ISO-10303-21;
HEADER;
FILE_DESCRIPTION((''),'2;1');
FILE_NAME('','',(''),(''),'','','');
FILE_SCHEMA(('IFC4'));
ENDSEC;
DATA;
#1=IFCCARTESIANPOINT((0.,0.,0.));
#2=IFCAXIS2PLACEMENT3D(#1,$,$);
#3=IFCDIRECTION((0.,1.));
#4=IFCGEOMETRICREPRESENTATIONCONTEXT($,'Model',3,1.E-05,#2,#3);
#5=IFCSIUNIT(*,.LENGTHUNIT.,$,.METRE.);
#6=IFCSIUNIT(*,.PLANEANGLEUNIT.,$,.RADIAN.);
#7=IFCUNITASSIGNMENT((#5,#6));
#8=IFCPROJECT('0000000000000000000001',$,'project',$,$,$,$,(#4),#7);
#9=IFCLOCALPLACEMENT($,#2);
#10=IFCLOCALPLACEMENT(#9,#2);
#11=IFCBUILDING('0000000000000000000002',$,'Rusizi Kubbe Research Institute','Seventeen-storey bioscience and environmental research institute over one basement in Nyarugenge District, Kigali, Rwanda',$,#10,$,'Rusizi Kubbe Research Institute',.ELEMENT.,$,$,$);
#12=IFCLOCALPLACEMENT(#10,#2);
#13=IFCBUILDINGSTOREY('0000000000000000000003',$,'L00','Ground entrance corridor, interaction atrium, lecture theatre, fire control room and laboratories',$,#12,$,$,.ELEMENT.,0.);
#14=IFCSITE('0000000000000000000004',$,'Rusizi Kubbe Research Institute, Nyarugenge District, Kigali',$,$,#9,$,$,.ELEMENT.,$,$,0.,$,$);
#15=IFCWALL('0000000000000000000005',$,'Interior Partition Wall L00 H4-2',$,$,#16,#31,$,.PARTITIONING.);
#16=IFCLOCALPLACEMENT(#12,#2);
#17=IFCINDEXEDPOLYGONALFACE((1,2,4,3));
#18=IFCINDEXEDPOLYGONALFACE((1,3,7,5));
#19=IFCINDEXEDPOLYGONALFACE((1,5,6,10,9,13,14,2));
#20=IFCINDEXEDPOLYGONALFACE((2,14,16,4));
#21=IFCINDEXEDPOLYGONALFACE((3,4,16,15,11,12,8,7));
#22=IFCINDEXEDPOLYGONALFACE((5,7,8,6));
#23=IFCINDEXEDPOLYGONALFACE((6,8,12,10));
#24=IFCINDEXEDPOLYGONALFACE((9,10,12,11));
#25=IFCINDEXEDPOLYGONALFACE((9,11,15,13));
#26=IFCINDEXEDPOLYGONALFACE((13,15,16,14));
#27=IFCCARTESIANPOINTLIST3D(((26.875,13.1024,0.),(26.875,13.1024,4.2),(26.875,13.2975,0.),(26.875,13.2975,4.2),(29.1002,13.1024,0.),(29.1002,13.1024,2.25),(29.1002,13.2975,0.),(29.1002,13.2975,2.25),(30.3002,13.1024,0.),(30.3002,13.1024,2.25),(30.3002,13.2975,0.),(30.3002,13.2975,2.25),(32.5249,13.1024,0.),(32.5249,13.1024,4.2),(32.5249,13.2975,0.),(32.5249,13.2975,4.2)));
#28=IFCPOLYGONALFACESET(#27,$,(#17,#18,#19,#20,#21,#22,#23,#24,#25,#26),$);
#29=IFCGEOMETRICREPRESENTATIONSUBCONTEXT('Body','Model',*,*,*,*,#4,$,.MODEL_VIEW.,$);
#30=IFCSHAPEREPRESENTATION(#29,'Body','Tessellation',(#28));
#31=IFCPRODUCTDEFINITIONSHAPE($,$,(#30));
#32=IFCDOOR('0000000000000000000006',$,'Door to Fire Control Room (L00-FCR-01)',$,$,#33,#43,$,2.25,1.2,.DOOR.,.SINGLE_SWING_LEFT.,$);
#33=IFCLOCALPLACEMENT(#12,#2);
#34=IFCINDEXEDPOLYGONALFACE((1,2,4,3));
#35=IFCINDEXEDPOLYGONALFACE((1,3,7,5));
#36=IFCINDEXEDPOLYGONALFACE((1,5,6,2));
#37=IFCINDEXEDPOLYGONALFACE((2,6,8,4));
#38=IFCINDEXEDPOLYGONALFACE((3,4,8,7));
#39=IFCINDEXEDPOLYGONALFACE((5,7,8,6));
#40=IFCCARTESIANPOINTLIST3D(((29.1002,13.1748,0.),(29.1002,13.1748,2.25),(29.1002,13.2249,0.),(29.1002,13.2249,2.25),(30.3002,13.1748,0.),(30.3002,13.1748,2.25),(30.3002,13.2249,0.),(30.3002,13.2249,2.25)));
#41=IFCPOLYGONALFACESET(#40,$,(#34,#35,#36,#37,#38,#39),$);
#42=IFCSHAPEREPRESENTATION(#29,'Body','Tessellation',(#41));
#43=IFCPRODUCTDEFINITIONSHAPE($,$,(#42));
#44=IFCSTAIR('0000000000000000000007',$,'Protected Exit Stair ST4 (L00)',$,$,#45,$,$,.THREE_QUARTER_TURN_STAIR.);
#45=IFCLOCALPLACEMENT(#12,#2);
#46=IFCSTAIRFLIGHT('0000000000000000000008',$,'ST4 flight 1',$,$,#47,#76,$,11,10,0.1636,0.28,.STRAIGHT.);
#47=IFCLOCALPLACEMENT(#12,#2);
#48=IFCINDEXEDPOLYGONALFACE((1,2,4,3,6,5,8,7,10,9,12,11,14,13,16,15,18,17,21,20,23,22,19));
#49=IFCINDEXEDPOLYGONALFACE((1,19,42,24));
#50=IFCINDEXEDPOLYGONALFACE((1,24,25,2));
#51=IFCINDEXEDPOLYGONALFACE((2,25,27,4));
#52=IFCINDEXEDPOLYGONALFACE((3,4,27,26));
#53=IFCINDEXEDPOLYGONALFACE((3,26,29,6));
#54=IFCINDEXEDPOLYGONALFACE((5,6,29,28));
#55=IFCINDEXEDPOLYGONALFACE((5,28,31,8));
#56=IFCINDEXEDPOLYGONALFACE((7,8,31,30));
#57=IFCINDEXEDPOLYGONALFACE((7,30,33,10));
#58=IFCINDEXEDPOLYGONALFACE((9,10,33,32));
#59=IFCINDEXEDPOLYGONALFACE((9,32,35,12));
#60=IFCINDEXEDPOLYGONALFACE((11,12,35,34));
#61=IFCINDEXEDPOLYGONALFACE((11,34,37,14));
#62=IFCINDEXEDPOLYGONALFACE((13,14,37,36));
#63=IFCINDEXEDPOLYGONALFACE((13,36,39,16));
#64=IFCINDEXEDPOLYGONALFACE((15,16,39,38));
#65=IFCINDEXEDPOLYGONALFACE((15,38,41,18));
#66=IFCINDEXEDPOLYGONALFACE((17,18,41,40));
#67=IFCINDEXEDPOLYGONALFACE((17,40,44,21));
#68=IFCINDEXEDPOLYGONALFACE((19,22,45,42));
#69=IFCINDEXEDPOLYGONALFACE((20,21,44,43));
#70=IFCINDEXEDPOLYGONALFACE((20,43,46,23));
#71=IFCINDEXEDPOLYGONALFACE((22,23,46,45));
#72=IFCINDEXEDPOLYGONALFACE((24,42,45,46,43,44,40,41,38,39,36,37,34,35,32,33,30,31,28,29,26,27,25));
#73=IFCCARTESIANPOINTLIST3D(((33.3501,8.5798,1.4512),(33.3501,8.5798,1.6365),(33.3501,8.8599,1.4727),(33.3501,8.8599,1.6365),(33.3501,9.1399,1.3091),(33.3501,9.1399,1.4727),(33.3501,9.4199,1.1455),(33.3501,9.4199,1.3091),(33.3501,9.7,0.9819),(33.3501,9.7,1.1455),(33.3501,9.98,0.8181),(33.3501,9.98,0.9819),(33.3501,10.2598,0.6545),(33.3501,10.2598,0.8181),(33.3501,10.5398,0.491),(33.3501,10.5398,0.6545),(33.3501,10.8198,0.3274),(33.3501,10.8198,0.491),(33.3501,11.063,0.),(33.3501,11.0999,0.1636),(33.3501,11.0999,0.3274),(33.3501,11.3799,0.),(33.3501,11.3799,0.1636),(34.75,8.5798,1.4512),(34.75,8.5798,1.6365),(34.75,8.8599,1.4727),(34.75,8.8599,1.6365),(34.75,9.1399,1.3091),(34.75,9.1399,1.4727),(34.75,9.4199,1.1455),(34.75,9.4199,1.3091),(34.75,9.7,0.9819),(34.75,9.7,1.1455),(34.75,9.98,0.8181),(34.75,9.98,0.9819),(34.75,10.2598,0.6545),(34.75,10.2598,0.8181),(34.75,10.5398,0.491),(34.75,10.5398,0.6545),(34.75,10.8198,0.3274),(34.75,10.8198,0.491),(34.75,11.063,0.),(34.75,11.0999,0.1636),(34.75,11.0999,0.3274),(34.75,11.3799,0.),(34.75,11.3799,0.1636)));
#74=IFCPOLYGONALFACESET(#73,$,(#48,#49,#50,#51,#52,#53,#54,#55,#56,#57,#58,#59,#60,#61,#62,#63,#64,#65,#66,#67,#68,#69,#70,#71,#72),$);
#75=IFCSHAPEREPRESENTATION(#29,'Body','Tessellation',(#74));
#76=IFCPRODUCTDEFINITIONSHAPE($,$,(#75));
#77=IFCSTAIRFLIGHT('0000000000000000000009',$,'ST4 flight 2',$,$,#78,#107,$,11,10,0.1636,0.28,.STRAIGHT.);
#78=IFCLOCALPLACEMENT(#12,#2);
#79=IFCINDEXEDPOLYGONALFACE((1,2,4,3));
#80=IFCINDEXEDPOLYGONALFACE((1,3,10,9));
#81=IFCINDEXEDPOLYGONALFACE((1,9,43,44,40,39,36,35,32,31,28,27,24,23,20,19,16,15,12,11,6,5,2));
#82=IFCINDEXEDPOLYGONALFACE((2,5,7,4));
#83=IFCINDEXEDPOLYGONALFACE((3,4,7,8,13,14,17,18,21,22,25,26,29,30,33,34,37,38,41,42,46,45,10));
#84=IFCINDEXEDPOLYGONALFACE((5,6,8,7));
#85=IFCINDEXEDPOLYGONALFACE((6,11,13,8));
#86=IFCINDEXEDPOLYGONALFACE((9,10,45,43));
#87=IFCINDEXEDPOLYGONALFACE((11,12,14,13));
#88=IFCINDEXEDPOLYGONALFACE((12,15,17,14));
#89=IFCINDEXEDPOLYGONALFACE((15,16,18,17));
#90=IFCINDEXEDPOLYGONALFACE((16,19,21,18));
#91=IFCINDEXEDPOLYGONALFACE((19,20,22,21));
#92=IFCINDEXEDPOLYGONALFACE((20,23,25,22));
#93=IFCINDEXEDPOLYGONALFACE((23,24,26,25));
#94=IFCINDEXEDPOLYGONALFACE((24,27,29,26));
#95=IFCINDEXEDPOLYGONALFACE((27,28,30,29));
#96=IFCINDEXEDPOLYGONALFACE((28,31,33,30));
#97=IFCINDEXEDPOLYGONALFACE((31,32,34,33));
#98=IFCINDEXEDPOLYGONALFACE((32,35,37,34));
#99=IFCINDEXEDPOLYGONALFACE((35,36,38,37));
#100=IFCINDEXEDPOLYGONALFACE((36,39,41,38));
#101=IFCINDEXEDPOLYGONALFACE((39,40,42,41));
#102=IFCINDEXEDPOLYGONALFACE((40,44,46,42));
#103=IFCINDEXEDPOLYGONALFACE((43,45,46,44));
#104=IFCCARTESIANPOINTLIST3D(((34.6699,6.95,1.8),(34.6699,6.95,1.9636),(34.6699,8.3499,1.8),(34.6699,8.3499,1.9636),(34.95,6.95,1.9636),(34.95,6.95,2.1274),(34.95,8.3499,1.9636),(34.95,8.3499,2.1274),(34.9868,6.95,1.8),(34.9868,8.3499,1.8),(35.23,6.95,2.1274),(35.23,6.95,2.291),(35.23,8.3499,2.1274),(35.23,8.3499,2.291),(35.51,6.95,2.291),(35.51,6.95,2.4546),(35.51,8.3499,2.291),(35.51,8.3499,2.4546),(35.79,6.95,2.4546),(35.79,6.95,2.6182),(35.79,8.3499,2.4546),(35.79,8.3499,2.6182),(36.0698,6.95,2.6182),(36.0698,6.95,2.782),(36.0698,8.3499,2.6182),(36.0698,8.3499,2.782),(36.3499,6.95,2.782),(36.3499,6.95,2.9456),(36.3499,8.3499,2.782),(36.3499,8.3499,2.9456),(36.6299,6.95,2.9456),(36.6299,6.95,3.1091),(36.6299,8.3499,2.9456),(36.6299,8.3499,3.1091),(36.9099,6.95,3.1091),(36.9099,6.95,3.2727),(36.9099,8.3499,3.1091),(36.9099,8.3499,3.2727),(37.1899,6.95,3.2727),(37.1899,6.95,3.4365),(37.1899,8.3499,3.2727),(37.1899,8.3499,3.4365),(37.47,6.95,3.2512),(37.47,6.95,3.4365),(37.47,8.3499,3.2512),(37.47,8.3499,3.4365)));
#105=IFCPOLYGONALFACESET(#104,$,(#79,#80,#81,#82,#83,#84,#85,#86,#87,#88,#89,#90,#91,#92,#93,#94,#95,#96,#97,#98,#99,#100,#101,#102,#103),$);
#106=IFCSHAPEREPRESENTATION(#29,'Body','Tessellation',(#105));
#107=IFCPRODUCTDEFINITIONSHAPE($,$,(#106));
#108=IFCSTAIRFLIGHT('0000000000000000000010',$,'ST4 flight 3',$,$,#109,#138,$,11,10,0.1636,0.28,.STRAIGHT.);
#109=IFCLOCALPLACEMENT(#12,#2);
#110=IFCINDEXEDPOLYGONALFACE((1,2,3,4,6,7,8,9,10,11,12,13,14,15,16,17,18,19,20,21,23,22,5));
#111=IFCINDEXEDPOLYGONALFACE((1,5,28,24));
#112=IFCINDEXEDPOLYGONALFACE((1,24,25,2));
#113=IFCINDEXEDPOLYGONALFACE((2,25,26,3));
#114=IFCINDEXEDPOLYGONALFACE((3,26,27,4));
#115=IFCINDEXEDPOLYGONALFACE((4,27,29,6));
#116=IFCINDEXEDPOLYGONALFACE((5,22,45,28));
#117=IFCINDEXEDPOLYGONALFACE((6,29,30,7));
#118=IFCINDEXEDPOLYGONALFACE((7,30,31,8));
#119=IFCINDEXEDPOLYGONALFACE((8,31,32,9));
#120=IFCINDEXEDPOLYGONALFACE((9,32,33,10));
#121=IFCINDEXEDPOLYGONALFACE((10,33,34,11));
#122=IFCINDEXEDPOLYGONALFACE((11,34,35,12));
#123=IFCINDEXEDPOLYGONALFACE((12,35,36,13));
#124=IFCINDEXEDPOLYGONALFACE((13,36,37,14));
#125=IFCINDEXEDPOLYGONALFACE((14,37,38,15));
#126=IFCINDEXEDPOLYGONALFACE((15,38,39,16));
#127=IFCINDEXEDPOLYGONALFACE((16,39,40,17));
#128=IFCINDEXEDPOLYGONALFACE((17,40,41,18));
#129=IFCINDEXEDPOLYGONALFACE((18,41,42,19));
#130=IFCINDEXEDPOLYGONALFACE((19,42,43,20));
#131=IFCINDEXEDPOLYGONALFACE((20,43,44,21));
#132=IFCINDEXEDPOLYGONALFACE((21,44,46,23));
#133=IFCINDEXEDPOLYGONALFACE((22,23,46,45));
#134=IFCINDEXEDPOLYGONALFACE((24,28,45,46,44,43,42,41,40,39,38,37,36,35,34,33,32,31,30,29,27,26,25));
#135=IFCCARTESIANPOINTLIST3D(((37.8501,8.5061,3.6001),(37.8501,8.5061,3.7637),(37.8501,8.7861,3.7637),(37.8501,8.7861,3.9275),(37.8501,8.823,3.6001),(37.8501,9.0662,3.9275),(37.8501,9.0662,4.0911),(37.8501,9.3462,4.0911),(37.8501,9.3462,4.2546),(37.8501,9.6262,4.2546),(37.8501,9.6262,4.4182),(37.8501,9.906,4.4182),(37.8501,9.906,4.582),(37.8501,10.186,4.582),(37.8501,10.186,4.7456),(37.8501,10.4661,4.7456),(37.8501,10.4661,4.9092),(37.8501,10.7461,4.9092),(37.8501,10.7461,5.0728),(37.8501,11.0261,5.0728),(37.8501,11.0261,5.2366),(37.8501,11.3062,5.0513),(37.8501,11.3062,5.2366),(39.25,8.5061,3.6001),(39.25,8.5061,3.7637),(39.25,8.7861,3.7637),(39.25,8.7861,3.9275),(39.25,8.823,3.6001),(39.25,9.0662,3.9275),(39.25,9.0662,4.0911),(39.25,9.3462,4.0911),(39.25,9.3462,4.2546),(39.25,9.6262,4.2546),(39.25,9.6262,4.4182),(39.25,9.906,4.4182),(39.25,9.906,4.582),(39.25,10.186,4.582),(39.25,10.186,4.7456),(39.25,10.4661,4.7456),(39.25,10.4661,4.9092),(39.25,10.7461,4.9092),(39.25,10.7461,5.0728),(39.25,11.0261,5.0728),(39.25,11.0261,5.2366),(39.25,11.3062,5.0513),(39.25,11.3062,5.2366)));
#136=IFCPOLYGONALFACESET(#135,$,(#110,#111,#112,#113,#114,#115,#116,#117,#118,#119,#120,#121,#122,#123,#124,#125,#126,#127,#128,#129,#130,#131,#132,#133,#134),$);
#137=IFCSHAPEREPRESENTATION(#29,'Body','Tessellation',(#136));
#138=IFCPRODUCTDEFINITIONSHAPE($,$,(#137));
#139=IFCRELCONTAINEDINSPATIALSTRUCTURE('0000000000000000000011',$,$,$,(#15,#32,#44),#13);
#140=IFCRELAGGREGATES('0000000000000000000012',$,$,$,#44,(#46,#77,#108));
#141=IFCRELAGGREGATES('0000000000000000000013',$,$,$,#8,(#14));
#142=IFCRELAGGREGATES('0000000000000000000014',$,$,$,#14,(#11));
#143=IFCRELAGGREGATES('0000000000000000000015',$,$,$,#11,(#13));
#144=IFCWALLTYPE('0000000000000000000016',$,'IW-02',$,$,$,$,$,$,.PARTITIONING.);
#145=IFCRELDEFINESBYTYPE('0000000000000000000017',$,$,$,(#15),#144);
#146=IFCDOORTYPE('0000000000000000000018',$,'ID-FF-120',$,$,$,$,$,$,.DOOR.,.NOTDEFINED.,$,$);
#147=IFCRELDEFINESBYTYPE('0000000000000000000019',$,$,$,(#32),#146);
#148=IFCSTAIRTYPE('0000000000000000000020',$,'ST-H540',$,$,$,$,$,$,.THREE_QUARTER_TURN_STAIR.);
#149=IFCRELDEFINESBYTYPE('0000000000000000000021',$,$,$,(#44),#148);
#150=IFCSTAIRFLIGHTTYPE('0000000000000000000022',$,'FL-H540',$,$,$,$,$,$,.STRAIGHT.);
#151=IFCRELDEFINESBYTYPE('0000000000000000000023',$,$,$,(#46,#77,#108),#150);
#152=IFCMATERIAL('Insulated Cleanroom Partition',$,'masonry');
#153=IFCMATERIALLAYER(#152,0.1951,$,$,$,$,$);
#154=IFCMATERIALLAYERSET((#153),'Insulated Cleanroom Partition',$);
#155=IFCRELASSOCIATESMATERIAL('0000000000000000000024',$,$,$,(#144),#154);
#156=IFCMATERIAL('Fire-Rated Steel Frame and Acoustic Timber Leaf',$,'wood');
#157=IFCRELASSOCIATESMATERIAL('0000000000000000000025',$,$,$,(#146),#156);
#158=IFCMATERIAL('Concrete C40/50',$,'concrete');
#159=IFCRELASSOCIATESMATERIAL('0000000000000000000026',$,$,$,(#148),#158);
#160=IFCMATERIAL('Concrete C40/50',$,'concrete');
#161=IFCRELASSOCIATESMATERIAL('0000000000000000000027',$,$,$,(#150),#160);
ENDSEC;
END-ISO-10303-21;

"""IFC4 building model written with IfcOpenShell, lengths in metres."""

from ifc_helpers import new_model, si_unit, direction, frame, frame_2d, origin, place, context, subcontext, project, spatial, polyline, rectangle, outline, extrude, material, layer, layer_set, type_object, element, fill, aggregate, save


model = new_model("IFC4")

# Units and contexts
model_context = context("Model", 3, precision=1e-05, world=origin(), true_north=direction((0.0, 1.0)))
body_context = subcontext(model_context, "Body", "Model", "MODEL_VIEW")
ifc_project = project(units=[si_unit("LENGTHUNIT", "METRE"), si_unit("PLANEANGLEUNIT", "RADIAN")], contexts=[model_context])

# Site, building, storey
site_placement = place(None, origin())
site = spatial("IfcSite", under=ifc_project, at=site_placement, Name="Rusizi Kubbe Research Institute, Nyarugenge District, Kigali", CompositionType="ELEMENT", RefElevation=0.0)
building_placement = place(site_placement, origin())
building = spatial("IfcBuilding", under=site, at=building_placement, Name="Rusizi Kubbe Research Institute", Description="Seventeen-storey bioscience and environmental research institute over one basement in Nyarugenge District, Kigali, Rwanda", LongName="Rusizi Kubbe Research Institute", CompositionType="ELEMENT")
storey_placement = place(building_placement, origin())
storey = spatial("IfcBuildingStorey", under=building, at=storey_placement, Name="L00", Description="Ground entrance corridor, interaction atrium, lecture theatre, fire control room and laboratories", CompositionType="ELEMENT", Elevation=0.0)

# Wall, opening, door
ifc_material_1 = material(Name="Insulated Cleanroom Partition", Category="masonry")
ifc_layer_1 = layer(ifc_material_1, 0.1951)
ifc_layer_set_1 = layer_set([ifc_layer_1], Name="Insulated Cleanroom Partition")
wall_type_1 = type_object("IfcWallType", Name="IW-02", PredefinedType="PARTITIONING", material=ifc_layer_set_1)
wall_1_placement = place(storey_placement, frame((26.875, 13.2, 0.0), z_axis=(0.0, 0.0, 1.0), x_axis=(1.0, 0.0, 0.0)))
wall_1 = element("IfcWall", 1, at=wall_1_placement, inside=storey, type_object=wall_type_1, Name="Interior Partition Wall L00 H4-2", PredefinedType="PARTITIONING", context=body_context, shape_type="SweptSolid", body=[
    extrude(rectangle(XDim=5.6499, YDim=0.1951, at=frame_2d((2.825, 0.0))), origin(), (0.0, 0.0, 1.0), 4.2),
])
opening_1_placement = place(wall_1_placement, frame((2.2251, 0.0, 0.0)))
opening_1 = element("IfcOpeningElement", 2, at=opening_1_placement, cuts=wall_1, PredefinedType="OPENING", context=body_context, shape_type="SweptSolid", body=[
    extrude(rectangle(XDim=1.2, YDim=2.25, at=frame_2d((0.6001, 1.125))), frame((0.0, 0.1074, 0.0), z_axis=(0.0, -1.0, 0.0), x_axis=(1.0, 0.0, 0.0)), (0.0, 0.0, 1.0), 0.2151),
])
ifc_material_2 = material(Name="Fire-Rated Steel Frame and Acoustic Timber Leaf", Category="wood")
door_type_1 = type_object("IfcDoorType", Name="ID-FF-120", OperationType="NOTDEFINED", PredefinedType="DOOR", material=ifc_material_2)
door_1_placement = place(opening_1_placement, origin())
door_1 = element("IfcDoor", 3, at=door_1_placement, inside=storey, type_object=door_type_1, Name="Door to Fire Control Room (L00-FCR-01)", OperationType="SINGLE_SWING_LEFT", OverallHeight=2.25, OverallWidth=1.2, PredefinedType="DOOR", context=body_context, shape_type="SweptSolid", body=[
    extrude(rectangle(XDim=1.2, YDim=2.25, at=frame_2d((0.6001, 1.125))), frame((0.0, 0.0249, 0.0), z_axis=(0.0, -1.0, 0.0), x_axis=(1.0, 0.0, 0.0)), (0.0, 0.0, 1.0), 0.05),
])
fill(opening_1, door_1)

# Stair, stair flights
ifc_material_3 = material(Name="Concrete C40/50", Category="concrete")
stair_type = type_object("IfcStairType", Name="ST-H540", PredefinedType="THREE_QUARTER_TURN_STAIR", material=ifc_material_3)
stair_placement = place(storey_placement, origin())
stair = element("IfcStair", 4, at=stair_placement, inside=storey, type_object=stair_type, Name="Protected Exit Stair ST4 (L00)", PredefinedType="THREE_QUARTER_TURN_STAIR")
ifc_material_4 = material(Name="Concrete C40/50", Category="concrete")
stair_flight_type = type_object("IfcStairFlightType", Name="FL-H540", PredefinedType="STRAIGHT", material=ifc_material_4)
stair_flight_1_placement = place(storey_placement, frame((34.05, 11.3799, 0.0), z_axis=(0.0, 0.0, 1.0), x_axis=(0.0, -1.0, 0.0)))
stair_flight_1 = element("IfcStairFlight", 5, at=stair_flight_1_placement, type_object=stair_flight_type, Name="ST4 flight 1", NumberOfRisers=11, NumberOfTreads=10, PredefinedType="STRAIGHT", RiserHeight=0.1636, TreadLength=0.28, context=body_context, shape_type="SweptSolid", body=[
    extrude(outline(polyline([(0.0, 0.0), (0.0, 0.1636), (0.28, 0.1636), (0.28, 0.3274), (0.5601, 0.3274), (0.5601, 0.491), (0.8401, 0.491), (0.8401, 0.6545), (1.1201, 0.6545), (1.1201, 0.8181), (1.3999, 0.8181), (1.3999, 0.9819), (1.6799, 0.9819), (1.6799, 1.1455), (1.96, 1.1455), (1.96, 1.3091), (2.24, 1.3091), (2.24, 1.4727), (2.52, 1.4727), (2.52, 1.6365), (2.8, 1.6365), (2.8, 1.8), (2.8, 1.4512), (0.3169, 0.0), (0.0, 0.0)])), frame((0.0, 0.7, 0.0), z_axis=(0.0, -1.0, 0.0), x_axis=(1.0, 0.0, 0.0)), (0.0, 0.0, 1.0), 1.3999),
])
stair_flight_2_placement = place(storey_placement, frame((34.6699, 7.6499, 1.8), z_axis=(0.0, 0.0, 1.0), x_axis=(1.0, 0.0, 0.0)))
stair_flight_2 = element("IfcStairFlight", 6, at=stair_flight_2_placement, type_object=stair_flight_type, Name="ST4 flight 2", NumberOfRisers=11, NumberOfTreads=10, PredefinedType="STRAIGHT", RiserHeight=0.1636, TreadLength=0.28, context=body_context, shape_type="SweptSolid", body=[
    extrude(outline(polyline([(0.0, 0.0), (0.0, 0.1636), (0.28, 0.1636), (0.28, 0.3274), (0.5601, 0.3274), (0.5601, 0.491), (0.8401, 0.491), (0.8401, 0.6545), (1.1201, 0.6545), (1.1201, 0.8181), (1.3999, 0.8181), (1.3999, 0.9819), (1.6799, 0.9819), (1.6799, 1.1455), (1.96, 1.1455), (1.96, 1.3091), (2.24, 1.3091), (2.24, 1.4727), (2.52, 1.4727), (2.52, 1.6365), (2.8, 1.6365), (2.8, 1.8), (2.8, 1.4512), (0.3169, 0.0), (0.0, 0.0)])), frame((0.0, 0.7, 0.0), z_axis=(0.0, -1.0, 0.0), x_axis=(1.0, 0.0, 0.0)), (0.0, 0.0, 1.0), 1.3999),
])
stair_flight_3_placement = place(storey_placement, frame((38.55, 8.5061, 3.6001), z_axis=(0.0, 0.0, 1.0), x_axis=(0.0, 1.0, 0.0)))
stair_flight_3 = element("IfcStairFlight", 7, at=stair_flight_3_placement, type_object=stair_flight_type, Name="ST4 flight 3", NumberOfRisers=11, NumberOfTreads=10, PredefinedType="STRAIGHT", RiserHeight=0.1636, TreadLength=0.28, context=body_context, shape_type="SweptSolid", body=[
    extrude(outline(polyline([(0.0, 0.0), (0.0, 0.1636), (0.28, 0.1636), (0.28, 0.3274), (0.5601, 0.3274), (0.5601, 0.491), (0.8401, 0.491), (0.8401, 0.6545), (1.1201, 0.6545), (1.1201, 0.8181), (1.3999, 0.8181), (1.3999, 0.9819), (1.6799, 0.9819), (1.6799, 1.1455), (1.96, 1.1455), (1.96, 1.3091), (2.24, 1.3091), (2.24, 1.4727), (2.52, 1.4727), (2.52, 1.6365), (2.8, 1.6365), (2.8, 1.8), (2.8, 1.4512), (0.3169, 0.0), (0.0, 0.0)])), frame((0.0, 0.7, 0.0), z_axis=(0.0, -1.0, 0.0), x_axis=(1.0, 0.0, 0.0)), (0.0, 0.0, 1.0), 1.3999),
])
aggregate(stair, [stair_flight_1, stair_flight_2, stair_flight_3])

save(model, "model.ifc")
